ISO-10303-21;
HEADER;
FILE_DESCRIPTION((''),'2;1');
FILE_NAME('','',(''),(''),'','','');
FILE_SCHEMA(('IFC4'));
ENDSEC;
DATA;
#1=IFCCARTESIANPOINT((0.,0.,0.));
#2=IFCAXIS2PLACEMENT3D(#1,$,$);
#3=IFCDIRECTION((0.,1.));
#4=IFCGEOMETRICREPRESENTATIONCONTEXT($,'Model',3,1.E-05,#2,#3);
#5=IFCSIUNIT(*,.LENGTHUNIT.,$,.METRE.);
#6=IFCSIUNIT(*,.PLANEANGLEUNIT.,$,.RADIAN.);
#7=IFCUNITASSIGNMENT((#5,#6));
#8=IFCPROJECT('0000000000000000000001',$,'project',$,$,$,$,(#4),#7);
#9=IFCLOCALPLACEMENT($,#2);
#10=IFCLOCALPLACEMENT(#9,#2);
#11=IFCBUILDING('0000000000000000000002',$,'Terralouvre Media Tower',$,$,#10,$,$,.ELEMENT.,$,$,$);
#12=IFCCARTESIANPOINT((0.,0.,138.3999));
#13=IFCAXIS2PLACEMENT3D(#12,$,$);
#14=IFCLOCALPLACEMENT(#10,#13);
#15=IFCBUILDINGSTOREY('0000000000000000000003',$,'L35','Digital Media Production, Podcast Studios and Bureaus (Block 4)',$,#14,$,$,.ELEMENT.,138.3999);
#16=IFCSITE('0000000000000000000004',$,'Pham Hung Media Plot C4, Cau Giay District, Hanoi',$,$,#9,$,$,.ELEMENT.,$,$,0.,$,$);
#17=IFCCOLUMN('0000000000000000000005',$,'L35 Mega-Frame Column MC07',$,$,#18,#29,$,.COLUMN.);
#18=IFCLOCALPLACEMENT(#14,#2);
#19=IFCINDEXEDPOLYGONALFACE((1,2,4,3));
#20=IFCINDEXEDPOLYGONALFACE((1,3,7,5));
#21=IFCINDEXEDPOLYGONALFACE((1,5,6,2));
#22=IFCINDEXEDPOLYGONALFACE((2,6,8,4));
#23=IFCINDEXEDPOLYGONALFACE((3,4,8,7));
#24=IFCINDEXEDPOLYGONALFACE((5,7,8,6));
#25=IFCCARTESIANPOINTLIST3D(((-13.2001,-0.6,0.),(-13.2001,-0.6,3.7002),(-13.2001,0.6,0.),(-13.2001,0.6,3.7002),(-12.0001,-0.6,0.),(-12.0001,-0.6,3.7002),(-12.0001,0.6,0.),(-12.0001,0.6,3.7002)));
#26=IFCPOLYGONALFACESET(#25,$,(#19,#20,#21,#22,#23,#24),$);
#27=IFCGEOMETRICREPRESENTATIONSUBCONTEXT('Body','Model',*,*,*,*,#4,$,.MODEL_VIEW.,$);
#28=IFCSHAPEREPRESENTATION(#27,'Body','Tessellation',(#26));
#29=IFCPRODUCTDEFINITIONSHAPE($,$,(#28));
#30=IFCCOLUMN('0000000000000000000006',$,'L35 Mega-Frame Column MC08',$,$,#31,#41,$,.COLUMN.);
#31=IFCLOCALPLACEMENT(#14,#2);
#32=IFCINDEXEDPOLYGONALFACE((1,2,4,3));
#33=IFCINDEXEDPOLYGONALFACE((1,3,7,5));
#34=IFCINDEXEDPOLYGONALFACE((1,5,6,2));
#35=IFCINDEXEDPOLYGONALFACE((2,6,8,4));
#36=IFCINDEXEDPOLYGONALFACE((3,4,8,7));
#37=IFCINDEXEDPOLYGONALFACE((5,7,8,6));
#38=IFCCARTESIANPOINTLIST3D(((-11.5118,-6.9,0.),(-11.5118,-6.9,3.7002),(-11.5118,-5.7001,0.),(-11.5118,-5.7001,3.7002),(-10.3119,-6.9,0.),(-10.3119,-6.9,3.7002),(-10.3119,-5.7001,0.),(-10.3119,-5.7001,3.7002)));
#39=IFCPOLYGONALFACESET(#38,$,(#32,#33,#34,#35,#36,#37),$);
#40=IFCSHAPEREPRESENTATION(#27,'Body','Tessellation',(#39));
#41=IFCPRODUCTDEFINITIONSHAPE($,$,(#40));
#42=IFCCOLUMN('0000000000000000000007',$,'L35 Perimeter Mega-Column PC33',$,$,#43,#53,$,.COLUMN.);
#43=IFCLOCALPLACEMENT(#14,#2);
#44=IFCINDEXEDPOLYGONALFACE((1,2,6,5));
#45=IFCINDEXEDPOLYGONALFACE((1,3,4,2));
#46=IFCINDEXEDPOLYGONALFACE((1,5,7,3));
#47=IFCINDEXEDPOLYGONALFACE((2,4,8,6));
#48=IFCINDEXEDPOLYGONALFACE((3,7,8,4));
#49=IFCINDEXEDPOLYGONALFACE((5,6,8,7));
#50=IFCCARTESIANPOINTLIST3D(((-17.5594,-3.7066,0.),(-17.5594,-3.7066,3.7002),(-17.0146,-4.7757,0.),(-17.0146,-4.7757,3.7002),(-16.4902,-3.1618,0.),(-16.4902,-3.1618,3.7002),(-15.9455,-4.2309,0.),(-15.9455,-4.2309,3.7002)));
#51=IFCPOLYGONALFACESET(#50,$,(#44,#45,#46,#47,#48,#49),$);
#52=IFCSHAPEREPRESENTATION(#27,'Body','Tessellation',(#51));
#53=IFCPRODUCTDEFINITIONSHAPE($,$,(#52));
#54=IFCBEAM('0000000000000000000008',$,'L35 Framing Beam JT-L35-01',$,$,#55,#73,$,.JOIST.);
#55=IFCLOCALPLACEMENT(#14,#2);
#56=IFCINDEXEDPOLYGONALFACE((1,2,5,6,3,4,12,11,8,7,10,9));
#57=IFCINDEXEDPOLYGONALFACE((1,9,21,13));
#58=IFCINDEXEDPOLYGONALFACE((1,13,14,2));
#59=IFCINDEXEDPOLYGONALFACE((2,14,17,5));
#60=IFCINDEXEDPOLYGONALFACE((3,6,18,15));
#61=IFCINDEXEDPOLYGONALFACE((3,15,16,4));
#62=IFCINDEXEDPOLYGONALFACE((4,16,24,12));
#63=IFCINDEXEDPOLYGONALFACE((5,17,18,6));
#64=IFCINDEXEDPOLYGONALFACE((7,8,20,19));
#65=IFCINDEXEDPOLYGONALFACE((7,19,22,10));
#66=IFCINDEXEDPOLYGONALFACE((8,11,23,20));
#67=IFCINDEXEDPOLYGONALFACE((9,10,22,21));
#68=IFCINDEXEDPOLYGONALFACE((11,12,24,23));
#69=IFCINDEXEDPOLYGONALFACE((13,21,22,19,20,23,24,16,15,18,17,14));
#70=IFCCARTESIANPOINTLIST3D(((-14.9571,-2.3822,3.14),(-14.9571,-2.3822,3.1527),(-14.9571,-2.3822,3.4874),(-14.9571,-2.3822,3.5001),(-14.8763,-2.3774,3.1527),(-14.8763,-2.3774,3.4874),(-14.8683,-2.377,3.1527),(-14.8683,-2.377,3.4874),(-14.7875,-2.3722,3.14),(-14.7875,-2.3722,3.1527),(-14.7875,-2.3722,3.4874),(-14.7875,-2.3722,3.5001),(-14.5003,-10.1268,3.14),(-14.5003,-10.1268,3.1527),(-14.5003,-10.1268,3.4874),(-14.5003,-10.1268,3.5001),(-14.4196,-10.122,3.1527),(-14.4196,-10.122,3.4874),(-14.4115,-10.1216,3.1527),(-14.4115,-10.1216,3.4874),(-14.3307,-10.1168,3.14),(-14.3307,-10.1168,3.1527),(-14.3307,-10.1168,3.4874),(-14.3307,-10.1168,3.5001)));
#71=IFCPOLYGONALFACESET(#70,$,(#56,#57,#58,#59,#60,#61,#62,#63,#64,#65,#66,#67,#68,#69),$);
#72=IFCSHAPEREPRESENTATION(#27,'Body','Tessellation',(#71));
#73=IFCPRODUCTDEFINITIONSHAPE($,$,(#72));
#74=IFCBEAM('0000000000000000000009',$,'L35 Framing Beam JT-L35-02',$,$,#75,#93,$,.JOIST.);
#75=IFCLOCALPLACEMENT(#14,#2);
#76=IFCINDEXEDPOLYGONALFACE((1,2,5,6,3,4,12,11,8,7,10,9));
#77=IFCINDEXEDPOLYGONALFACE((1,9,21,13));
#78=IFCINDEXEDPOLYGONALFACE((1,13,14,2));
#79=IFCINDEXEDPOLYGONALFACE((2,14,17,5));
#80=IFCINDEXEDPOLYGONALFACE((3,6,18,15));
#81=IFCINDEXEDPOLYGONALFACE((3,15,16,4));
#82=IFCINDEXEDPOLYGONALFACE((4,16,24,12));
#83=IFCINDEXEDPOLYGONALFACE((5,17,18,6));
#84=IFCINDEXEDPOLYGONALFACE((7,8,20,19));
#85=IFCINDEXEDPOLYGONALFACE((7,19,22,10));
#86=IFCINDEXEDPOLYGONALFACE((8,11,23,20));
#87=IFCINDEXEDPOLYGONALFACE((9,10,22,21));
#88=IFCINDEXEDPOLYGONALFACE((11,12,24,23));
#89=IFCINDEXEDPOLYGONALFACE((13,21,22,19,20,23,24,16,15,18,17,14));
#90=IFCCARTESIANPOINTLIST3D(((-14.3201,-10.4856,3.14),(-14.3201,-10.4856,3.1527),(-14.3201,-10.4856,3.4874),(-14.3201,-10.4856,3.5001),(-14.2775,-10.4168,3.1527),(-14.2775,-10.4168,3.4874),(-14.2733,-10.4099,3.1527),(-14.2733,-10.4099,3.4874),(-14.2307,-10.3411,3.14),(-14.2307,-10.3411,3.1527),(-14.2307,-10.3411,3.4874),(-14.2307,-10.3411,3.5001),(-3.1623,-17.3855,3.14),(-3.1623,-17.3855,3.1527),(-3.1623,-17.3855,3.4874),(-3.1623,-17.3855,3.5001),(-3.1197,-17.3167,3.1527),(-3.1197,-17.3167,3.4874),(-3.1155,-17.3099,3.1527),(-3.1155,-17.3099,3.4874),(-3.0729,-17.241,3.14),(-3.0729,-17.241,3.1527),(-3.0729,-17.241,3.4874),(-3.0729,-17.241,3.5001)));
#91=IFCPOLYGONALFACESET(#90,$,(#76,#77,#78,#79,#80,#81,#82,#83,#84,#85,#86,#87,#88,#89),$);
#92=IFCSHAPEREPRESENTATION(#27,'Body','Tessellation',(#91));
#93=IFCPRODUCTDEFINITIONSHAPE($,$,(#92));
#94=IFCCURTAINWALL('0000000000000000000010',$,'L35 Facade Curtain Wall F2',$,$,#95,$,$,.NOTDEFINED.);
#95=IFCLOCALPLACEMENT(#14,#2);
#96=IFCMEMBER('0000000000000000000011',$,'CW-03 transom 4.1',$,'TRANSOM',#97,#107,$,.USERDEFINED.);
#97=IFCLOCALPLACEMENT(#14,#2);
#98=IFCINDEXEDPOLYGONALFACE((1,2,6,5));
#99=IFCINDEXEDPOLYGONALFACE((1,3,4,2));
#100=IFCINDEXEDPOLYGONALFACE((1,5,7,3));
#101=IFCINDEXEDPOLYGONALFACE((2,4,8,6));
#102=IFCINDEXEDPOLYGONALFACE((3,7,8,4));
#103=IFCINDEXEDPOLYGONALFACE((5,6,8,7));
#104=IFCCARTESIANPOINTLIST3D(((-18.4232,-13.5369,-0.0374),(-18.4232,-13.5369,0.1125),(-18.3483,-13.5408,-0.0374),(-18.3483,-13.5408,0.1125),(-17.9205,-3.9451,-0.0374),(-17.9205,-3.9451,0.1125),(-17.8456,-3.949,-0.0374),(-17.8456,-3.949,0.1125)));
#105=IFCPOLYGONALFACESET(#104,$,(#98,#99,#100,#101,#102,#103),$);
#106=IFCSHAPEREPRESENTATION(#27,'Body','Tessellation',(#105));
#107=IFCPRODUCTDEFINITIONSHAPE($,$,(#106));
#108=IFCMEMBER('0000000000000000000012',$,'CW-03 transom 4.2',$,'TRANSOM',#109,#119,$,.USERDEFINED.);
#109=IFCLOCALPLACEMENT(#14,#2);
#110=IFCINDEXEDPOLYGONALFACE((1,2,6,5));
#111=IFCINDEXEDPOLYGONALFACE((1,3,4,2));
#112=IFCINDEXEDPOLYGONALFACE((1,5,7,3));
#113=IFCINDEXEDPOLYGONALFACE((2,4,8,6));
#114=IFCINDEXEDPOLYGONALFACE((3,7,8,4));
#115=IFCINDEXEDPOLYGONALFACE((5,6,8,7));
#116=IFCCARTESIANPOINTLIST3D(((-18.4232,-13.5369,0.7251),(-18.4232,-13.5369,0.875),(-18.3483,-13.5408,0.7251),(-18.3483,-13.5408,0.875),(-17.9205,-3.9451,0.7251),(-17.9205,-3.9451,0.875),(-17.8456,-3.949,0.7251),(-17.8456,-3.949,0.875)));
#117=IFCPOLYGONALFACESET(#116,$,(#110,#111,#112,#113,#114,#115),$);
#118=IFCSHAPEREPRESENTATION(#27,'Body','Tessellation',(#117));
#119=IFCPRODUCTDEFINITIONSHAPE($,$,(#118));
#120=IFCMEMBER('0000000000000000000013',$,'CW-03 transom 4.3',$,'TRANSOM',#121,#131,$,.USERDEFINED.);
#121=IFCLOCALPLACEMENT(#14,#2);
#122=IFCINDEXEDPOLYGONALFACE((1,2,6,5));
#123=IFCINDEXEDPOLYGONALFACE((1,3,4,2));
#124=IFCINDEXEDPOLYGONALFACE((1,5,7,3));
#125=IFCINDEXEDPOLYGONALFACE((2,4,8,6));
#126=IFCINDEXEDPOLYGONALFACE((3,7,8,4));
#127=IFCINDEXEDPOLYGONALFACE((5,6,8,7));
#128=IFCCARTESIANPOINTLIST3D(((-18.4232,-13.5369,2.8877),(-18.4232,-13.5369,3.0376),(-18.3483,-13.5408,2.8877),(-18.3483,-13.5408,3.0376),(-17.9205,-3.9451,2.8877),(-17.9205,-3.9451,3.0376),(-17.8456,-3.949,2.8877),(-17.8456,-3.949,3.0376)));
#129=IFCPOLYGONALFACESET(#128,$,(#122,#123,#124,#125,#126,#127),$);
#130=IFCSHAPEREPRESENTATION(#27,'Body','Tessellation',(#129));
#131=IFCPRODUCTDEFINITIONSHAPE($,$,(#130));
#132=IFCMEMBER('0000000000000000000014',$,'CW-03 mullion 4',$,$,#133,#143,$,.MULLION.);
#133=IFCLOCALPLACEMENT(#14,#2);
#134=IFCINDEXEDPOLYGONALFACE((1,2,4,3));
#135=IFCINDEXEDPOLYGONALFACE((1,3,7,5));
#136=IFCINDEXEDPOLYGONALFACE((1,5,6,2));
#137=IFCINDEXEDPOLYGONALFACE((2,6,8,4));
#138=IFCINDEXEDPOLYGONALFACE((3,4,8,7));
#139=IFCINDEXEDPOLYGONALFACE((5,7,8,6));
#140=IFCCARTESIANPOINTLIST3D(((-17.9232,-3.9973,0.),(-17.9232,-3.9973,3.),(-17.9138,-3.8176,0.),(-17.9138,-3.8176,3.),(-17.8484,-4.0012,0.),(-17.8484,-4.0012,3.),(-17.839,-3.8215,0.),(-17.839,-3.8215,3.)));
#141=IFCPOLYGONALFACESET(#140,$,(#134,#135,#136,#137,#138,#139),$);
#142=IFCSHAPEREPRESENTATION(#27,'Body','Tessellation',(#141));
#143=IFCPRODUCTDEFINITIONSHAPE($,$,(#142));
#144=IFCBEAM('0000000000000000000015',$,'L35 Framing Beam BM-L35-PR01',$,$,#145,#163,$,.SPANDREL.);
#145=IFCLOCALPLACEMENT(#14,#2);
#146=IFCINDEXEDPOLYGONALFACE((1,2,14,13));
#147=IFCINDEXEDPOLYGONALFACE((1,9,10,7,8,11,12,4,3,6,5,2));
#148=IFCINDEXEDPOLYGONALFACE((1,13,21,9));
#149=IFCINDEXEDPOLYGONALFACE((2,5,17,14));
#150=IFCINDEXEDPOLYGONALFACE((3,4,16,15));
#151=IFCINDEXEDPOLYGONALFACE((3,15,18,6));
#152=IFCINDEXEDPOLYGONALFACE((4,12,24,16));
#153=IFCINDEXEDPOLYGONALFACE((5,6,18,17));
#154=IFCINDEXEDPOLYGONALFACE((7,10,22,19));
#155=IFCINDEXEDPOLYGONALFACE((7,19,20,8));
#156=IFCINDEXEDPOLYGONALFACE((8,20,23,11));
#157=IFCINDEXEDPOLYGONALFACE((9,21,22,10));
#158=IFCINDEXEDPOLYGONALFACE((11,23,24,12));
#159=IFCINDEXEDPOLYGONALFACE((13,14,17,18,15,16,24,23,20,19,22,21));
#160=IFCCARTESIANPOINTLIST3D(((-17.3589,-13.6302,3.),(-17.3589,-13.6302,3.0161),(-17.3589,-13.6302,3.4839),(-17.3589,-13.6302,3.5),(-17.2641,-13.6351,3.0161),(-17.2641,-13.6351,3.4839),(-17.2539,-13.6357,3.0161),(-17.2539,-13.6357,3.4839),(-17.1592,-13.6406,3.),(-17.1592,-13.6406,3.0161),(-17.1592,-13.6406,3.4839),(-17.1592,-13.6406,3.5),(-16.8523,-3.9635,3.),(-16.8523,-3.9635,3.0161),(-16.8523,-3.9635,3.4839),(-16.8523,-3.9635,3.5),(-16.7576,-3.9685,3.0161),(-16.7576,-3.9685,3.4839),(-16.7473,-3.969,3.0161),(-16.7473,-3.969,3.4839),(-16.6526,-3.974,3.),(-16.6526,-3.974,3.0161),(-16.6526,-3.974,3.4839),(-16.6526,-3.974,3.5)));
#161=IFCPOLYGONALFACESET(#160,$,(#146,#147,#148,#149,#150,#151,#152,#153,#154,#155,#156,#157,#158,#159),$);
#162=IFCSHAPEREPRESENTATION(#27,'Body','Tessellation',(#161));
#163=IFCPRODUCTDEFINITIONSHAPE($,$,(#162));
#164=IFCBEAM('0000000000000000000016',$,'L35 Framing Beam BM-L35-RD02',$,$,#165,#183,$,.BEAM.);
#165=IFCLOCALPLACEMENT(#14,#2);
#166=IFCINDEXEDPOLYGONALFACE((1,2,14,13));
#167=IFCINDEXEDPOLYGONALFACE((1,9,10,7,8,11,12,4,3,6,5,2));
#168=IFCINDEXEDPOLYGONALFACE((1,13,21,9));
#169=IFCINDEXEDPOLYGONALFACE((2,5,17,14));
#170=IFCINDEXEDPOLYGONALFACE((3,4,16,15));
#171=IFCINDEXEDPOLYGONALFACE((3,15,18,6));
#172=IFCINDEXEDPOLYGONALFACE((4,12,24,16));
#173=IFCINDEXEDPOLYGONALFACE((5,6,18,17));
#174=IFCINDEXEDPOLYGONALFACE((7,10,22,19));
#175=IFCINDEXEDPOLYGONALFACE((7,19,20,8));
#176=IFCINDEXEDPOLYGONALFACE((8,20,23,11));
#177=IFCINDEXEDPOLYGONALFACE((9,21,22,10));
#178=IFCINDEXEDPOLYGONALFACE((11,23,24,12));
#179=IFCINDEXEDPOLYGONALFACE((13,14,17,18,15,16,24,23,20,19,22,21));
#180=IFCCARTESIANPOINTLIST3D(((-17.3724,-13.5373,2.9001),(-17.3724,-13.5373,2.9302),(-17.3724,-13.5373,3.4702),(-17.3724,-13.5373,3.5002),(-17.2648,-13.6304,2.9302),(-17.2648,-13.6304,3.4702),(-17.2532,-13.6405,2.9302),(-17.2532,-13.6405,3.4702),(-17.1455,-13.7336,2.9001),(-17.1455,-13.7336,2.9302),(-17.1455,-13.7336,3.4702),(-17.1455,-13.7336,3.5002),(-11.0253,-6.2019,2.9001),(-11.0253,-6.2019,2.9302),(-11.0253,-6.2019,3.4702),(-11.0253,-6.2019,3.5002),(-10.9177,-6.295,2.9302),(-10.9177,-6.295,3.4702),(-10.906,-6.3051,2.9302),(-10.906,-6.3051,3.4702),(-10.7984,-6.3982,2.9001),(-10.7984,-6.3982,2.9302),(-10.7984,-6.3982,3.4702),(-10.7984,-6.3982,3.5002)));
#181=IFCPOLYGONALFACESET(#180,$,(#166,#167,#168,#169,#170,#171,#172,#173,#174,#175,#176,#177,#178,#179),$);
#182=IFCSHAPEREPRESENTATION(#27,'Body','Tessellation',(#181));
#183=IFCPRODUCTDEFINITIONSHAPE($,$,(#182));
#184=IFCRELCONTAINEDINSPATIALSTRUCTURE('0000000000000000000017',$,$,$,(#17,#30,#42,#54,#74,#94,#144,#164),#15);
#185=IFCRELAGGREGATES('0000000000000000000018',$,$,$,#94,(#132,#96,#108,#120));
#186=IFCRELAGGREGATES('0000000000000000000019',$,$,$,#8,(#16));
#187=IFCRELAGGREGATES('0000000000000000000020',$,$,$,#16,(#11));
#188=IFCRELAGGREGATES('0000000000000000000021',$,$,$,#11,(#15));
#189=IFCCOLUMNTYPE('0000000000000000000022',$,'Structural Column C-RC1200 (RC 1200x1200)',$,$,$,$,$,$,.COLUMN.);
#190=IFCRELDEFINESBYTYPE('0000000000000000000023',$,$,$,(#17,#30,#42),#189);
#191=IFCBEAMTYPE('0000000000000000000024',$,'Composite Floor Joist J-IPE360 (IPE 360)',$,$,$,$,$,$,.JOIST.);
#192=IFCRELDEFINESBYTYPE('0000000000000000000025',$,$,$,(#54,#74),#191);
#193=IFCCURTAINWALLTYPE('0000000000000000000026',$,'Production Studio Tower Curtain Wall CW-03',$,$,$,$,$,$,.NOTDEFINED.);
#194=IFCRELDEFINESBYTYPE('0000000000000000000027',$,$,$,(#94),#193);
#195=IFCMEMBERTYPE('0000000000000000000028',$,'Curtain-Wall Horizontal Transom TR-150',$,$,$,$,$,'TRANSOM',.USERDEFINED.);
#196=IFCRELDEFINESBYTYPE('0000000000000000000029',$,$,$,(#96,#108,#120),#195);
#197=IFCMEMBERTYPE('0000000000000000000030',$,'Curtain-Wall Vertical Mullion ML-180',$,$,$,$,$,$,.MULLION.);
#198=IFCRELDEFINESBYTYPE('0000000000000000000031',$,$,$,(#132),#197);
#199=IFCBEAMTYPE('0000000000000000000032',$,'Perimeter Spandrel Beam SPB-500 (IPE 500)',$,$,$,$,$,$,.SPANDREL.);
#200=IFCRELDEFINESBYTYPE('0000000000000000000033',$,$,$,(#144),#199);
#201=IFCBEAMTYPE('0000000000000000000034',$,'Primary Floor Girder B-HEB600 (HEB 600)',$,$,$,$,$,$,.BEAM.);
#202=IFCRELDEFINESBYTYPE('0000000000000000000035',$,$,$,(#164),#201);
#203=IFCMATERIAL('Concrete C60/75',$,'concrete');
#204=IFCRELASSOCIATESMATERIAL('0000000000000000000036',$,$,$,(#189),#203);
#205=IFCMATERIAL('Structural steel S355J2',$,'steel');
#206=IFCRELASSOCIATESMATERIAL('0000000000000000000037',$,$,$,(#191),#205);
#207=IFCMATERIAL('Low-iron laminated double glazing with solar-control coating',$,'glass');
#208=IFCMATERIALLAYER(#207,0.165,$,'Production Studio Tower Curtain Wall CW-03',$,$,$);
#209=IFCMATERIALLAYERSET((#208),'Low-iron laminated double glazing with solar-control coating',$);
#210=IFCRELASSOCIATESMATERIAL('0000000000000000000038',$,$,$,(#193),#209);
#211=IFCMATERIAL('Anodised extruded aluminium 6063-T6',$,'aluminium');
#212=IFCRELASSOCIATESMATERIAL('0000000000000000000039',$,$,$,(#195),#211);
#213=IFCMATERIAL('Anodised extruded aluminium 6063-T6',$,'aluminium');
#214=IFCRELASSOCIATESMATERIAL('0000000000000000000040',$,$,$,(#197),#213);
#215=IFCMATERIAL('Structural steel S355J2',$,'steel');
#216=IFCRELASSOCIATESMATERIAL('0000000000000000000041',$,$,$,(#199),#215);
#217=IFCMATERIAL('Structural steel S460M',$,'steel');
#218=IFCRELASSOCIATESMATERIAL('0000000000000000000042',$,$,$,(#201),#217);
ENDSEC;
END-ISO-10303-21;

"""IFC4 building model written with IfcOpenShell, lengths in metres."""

from ifc_helpers import new_model, si_unit, direction, frame, origin, origin_2d, place, context, subcontext, project, spatial, rectangle, i_section, extrude, material, layer, layer_set, material_profile, profile_set, type_object, element, aggregate, save


model = new_model("IFC4")

# Units and contexts
model_context = context("Model", 3, precision=1e-05, world=origin(), true_north=direction((0.0, 1.0)))
body_context = subcontext(model_context, "Body", "Model", "MODEL_VIEW")
ifc_project = project(units=[si_unit("LENGTHUNIT", "METRE"), si_unit("PLANEANGLEUNIT", "RADIAN")], contexts=[model_context])

# Site, building, storey
site_placement = place(None, origin())
site = spatial("IfcSite", under=ifc_project, at=site_placement, Name="Pham Hung Media Plot C4, Cau Giay District, Hanoi", CompositionType="ELEMENT", RefElevation=0.0)
building_placement = place(site_placement, origin())
building = spatial("IfcBuilding", under=site, at=building_placement, Name="Terralouvre Media Tower", CompositionType="ELEMENT")
storey_placement = place(building_placement, frame((0.0, 0.0, 138.3999)))
storey = spatial("IfcBuildingStorey", under=building, at=storey_placement, Name="L35", Description="Digital Media Production, Podcast Studios and Bureaus (Block 4)", CompositionType="ELEMENT", Elevation=138.3999)

# Columns
ifc_material_1 = material(Name="Concrete C60/75", Category="concrete")
ifc_material_profile_1 = material_profile(ifc_material_1, rectangle(XDim=1.2, YDim=1.2, at=origin_2d()), Name="RC 1200x1200")
ifc_profile_set_1 = profile_set([ifc_material_profile_1], Name="Concrete C60/75")
column_type = type_object("IfcColumnType", Name="Structural Column C-RC1200 (RC 1200x1200)", PredefinedType="COLUMN", material=ifc_profile_set_1)
for number, where, z_axis, x_axis, name in (
    (1, (-12.6001, 0.0, 0.0), (0.0, 0.0, 1.0), (1.0, 0.0, 0.0), "L35 Mega-Frame Column MC07"),
    (2, (-10.9119, -6.3, 0.0), (0.0, 0.0, 1.0), (1.0, 0.0, 0.0), "L35 Mega-Frame Column MC08"),
    (3, (-16.7524, -3.9688, 0.0), (0.0, 0.0, 1.0), (0.891007, 0.45399, 0.0), "L35 Perimeter Mega-Column PC33"),
):
    element("IfcColumn", number, at=place(storey_placement, frame(where, z_axis=z_axis, x_axis=x_axis)), inside=storey, type_object=column_type, Name=name, PredefinedType="COLUMN", context=body_context, shape_type="SweptSolid", body=[
        extrude(rectangle(XDim=1.2, YDim=1.2, at=origin_2d()), origin(), (0.0, 0.0, 1.0), 3.7002),
    ])

# Beams
ifc_material_2 = material(Name="Structural steel S355J2", Category="steel")
ifc_material_profile_2 = material_profile(ifc_material_2, i_section(OverallWidth=0.1699, OverallDepth=0.3601, WebThickness=0.0081, FlangeThickness=0.0127, at=origin_2d()), Name="IPE 360")
ifc_profile_set_2 = profile_set([ifc_material_profile_2], Name="Structural steel S355J2")
beam_type_1 = type_object("IfcBeamType", Name="Composite Floor Joist J-IPE360 (IPE 360)", PredefinedType="JOIST", material=ifc_profile_set_2)
beam_1_placement = place(storey_placement, frame((-14.8723, -2.3772, 3.3201), z_axis=(0.058879, -0.998265, 0.0), x_axis=(0.998265, 0.058879, 0.0)))
element("IfcBeam", 4, at=beam_1_placement, inside=storey, type_object=beam_type_1, Name="L35 Framing Beam JT-L35-01", PredefinedType="JOIST", context=body_context, shape_type="SweptSolid", body=[
    extrude(i_section(OverallWidth=0.1699, OverallDepth=0.3601, WebThickness=0.0081, FlangeThickness=0.0127, at=origin_2d()), origin(), (0.0, 0.0, 1.0), 7.7581),
])
beam_2_placement = place(storey_placement, frame((-14.2754, -10.4133, 3.3201), z_axis=(0.850513, -0.525955, 0.0), x_axis=(0.525955, 0.850513, 0.0)))
element("IfcBeam", 5, at=beam_2_placement, inside=storey, type_object=beam_type_1, Name="L35 Framing Beam JT-L35-02", PredefinedType="JOIST", context=body_context, shape_type="SweptSolid", body=[
    extrude(i_section(OverallWidth=0.1699, OverallDepth=0.3601, WebThickness=0.0081, FlangeThickness=0.0127, at=origin_2d()), origin(), (0.0, 0.0, 1.0), 13.1189),
])

# Curtain wall, members
ifc_material_3 = material(Name="Low-iron laminated double glazing with solar-control coating", Category="glass")
ifc_layer_1 = layer(ifc_material_3, 0.165, Name="Production Studio Tower Curtain Wall CW-03")
ifc_layer_set_1 = layer_set([ifc_layer_1], Name="Low-iron laminated double glazing with solar-control coating")
curtain_wall_type = type_object("IfcCurtainWallType", Name="Production Studio Tower Curtain Wall CW-03", PredefinedType="NOTDEFINED", material=ifc_layer_set_1)
curtain_wall_placement = place(storey_placement, origin())
curtain_wall = element("IfcCurtainWall", 6, at=curtain_wall_placement, inside=storey, type_object=curtain_wall_type, Name="L35 Facade Curtain Wall F2", PredefinedType="NOTDEFINED")
ifc_material_4 = material(Name="Anodised extruded aluminium 6063-T6", Category="aluminium")
ifc_material_profile_3 = material_profile(ifc_material_4, rectangle(XDim=0.075, YDim=0.1499, at=origin_2d()), Name="ALU 75x150")
ifc_profile_set_3 = profile_set([ifc_material_profile_3], Name="Anodised extruded aluminium 6063-T6")
member_type_1 = type_object("IfcMemberType", Name="Curtain-Wall Horizontal Transom TR-150", ElementType="TRANSOM", PredefinedType="USERDEFINED", material=ifc_profile_set_3)
member_1_placement = place(storey_placement, frame((-17.8831, -3.947, 0.0376), z_axis=(-0.052336, -0.99863, 0.0), x_axis=(0.99863, -0.052336, 0.0)))
member_1 = element("IfcMember", 7, at=member_1_placement, type_object=member_type_1, Name="CW-03 transom 4.1", ObjectType="TRANSOM", PredefinedType="USERDEFINED", context=body_context, shape_type="SweptSolid", body=[
    extrude(rectangle(XDim=0.075, YDim=0.1499, at=origin_2d()), origin(), (0.0, 0.0, 1.0), 9.605),
])
member_2_placement = place(storey_placement, frame((-17.8831, -3.947, 0.8), z_axis=(-0.052336, -0.99863, 0.0), x_axis=(0.99863, -0.052336, 0.0)))
member_2 = element("IfcMember", 8, at=member_2_placement, type_object=member_type_1, Name="CW-03 transom 4.2", ObjectType="TRANSOM", PredefinedType="USERDEFINED", context=body_context, shape_type="SweptSolid", body=[
    extrude(rectangle(XDim=0.075, YDim=0.1499, at=origin_2d()), origin(), (0.0, 0.0, 1.0), 9.605),
])
member_3_placement = place(storey_placement, frame((-17.8831, -3.947, 2.9626), z_axis=(-0.052336, -0.99863, 0.0), x_axis=(0.99863, -0.052336, 0.0)))
member_3 = element("IfcMember", 9, at=member_3_placement, type_object=member_type_1, Name="CW-03 transom 4.3", ObjectType="TRANSOM", PredefinedType="USERDEFINED", context=body_context, shape_type="SweptSolid", body=[
    extrude(rectangle(XDim=0.075, YDim=0.1499, at=origin_2d()), origin(), (0.0, 0.0, 1.0), 9.605),
])
ifc_material_5 = material(Name="Anodised extruded aluminium 6063-T6", Category="aluminium")
ifc_material_profile_4 = material_profile(ifc_material_5, rectangle(XDim=0.075, YDim=0.1799, at=origin_2d()), Name="ALU 75x180")
ifc_profile_set_4 = profile_set([ifc_material_profile_4], Name="Anodised extruded aluminium 6063-T6")
member_type_2 = type_object("IfcMemberType", Name="Curtain-Wall Vertical Mullion ML-180", PredefinedType="MULLION", material=ifc_profile_set_4)
member_4_placement = place(storey_placement, frame((-17.8811, -3.9094, 0.0), z_axis=(0.0, 0.0, 1.0), x_axis=(0.99863, -0.052336, 0.0)))
member_4 = element("IfcMember", 10, at=member_4_placement, type_object=member_type_2, Name="CW-03 mullion 4", PredefinedType="MULLION", context=body_context, shape_type="SweptSolid", body=[
    extrude(rectangle(XDim=0.075, YDim=0.1799, at=origin_2d()), origin(), (0.0, 0.0, 1.0), 3.0),
])

# Beams
ifc_material_6 = material(Name="Structural steel S355J2", Category="steel")
ifc_material_profile_5 = material_profile(ifc_material_6, i_section(OverallWidth=0.2, OverallDepth=0.5, WebThickness=0.0103, FlangeThickness=0.0161, at=origin_2d()), Name="IPE 500")
ifc_profile_set_5 = profile_set([ifc_material_profile_5], Name="Structural steel S355J2")
beam_type_2 = type_object("IfcBeamType", Name="Perimeter Spandrel Beam SPB-500 (IPE 500)", PredefinedType="SPANDREL", material=ifc_profile_set_5)
beam_3_placement = place(storey_placement, frame((-16.7524, -3.9688, 3.25), z_axis=(-0.052334, -0.99863, 0.0), x_axis=(0.99863, -0.052334, 0.0)))
element("IfcBeam", 11, at=beam_3_placement, inside=storey, type_object=beam_type_2, Name="L35 Framing Beam BM-L35-PR01", PredefinedType="SPANDREL", context=body_context, shape_type="SweptSolid", body=[
    extrude(i_section(OverallWidth=0.2, OverallDepth=0.5, WebThickness=0.0103, FlangeThickness=0.0161, at=origin_2d()), origin(), (0.0, 0.0, 1.0), 9.6799),
])
ifc_material_7 = material(Name="Structural steel S460M", Category="steel")
ifc_material_profile_6 = material_profile(ifc_material_7, i_section(OverallWidth=0.3, OverallDepth=0.6001, WebThickness=0.0154, FlangeThickness=0.03, at=origin_2d()), Name="HEB 600")
ifc_profile_set_6 = profile_set([ifc_material_profile_6], Name="Structural steel S460M")
beam_type_3 = type_object("IfcBeamType", Name="Primary Floor Girder B-HEB600 (HEB 600)", PredefinedType="BEAM", material=ifc_profile_set_6)
beam_4_placement = place(storey_placement, frame((-10.9119, -6.3, 3.2002), z_axis=(-0.654329, -0.75621, 0.0), x_axis=(0.75621, -0.654329, 0.0)))
element("IfcBeam", 12, at=beam_4_placement, inside=storey, type_object=beam_type_3, Name="L35 Framing Beam BM-L35-RD02", PredefinedType="BEAM", context=body_context, shape_type="SweptSolid", body=[
    extrude(i_section(OverallWidth=0.3, OverallDepth=0.6001, WebThickness=0.0154, FlangeThickness=0.03, at=origin_2d()), origin(), (0.0, 0.0, 1.0), 9.7002),
])

aggregate(curtain_wall, [member_4, member_1, member_2, member_3])

save(model, "model.ifc")
